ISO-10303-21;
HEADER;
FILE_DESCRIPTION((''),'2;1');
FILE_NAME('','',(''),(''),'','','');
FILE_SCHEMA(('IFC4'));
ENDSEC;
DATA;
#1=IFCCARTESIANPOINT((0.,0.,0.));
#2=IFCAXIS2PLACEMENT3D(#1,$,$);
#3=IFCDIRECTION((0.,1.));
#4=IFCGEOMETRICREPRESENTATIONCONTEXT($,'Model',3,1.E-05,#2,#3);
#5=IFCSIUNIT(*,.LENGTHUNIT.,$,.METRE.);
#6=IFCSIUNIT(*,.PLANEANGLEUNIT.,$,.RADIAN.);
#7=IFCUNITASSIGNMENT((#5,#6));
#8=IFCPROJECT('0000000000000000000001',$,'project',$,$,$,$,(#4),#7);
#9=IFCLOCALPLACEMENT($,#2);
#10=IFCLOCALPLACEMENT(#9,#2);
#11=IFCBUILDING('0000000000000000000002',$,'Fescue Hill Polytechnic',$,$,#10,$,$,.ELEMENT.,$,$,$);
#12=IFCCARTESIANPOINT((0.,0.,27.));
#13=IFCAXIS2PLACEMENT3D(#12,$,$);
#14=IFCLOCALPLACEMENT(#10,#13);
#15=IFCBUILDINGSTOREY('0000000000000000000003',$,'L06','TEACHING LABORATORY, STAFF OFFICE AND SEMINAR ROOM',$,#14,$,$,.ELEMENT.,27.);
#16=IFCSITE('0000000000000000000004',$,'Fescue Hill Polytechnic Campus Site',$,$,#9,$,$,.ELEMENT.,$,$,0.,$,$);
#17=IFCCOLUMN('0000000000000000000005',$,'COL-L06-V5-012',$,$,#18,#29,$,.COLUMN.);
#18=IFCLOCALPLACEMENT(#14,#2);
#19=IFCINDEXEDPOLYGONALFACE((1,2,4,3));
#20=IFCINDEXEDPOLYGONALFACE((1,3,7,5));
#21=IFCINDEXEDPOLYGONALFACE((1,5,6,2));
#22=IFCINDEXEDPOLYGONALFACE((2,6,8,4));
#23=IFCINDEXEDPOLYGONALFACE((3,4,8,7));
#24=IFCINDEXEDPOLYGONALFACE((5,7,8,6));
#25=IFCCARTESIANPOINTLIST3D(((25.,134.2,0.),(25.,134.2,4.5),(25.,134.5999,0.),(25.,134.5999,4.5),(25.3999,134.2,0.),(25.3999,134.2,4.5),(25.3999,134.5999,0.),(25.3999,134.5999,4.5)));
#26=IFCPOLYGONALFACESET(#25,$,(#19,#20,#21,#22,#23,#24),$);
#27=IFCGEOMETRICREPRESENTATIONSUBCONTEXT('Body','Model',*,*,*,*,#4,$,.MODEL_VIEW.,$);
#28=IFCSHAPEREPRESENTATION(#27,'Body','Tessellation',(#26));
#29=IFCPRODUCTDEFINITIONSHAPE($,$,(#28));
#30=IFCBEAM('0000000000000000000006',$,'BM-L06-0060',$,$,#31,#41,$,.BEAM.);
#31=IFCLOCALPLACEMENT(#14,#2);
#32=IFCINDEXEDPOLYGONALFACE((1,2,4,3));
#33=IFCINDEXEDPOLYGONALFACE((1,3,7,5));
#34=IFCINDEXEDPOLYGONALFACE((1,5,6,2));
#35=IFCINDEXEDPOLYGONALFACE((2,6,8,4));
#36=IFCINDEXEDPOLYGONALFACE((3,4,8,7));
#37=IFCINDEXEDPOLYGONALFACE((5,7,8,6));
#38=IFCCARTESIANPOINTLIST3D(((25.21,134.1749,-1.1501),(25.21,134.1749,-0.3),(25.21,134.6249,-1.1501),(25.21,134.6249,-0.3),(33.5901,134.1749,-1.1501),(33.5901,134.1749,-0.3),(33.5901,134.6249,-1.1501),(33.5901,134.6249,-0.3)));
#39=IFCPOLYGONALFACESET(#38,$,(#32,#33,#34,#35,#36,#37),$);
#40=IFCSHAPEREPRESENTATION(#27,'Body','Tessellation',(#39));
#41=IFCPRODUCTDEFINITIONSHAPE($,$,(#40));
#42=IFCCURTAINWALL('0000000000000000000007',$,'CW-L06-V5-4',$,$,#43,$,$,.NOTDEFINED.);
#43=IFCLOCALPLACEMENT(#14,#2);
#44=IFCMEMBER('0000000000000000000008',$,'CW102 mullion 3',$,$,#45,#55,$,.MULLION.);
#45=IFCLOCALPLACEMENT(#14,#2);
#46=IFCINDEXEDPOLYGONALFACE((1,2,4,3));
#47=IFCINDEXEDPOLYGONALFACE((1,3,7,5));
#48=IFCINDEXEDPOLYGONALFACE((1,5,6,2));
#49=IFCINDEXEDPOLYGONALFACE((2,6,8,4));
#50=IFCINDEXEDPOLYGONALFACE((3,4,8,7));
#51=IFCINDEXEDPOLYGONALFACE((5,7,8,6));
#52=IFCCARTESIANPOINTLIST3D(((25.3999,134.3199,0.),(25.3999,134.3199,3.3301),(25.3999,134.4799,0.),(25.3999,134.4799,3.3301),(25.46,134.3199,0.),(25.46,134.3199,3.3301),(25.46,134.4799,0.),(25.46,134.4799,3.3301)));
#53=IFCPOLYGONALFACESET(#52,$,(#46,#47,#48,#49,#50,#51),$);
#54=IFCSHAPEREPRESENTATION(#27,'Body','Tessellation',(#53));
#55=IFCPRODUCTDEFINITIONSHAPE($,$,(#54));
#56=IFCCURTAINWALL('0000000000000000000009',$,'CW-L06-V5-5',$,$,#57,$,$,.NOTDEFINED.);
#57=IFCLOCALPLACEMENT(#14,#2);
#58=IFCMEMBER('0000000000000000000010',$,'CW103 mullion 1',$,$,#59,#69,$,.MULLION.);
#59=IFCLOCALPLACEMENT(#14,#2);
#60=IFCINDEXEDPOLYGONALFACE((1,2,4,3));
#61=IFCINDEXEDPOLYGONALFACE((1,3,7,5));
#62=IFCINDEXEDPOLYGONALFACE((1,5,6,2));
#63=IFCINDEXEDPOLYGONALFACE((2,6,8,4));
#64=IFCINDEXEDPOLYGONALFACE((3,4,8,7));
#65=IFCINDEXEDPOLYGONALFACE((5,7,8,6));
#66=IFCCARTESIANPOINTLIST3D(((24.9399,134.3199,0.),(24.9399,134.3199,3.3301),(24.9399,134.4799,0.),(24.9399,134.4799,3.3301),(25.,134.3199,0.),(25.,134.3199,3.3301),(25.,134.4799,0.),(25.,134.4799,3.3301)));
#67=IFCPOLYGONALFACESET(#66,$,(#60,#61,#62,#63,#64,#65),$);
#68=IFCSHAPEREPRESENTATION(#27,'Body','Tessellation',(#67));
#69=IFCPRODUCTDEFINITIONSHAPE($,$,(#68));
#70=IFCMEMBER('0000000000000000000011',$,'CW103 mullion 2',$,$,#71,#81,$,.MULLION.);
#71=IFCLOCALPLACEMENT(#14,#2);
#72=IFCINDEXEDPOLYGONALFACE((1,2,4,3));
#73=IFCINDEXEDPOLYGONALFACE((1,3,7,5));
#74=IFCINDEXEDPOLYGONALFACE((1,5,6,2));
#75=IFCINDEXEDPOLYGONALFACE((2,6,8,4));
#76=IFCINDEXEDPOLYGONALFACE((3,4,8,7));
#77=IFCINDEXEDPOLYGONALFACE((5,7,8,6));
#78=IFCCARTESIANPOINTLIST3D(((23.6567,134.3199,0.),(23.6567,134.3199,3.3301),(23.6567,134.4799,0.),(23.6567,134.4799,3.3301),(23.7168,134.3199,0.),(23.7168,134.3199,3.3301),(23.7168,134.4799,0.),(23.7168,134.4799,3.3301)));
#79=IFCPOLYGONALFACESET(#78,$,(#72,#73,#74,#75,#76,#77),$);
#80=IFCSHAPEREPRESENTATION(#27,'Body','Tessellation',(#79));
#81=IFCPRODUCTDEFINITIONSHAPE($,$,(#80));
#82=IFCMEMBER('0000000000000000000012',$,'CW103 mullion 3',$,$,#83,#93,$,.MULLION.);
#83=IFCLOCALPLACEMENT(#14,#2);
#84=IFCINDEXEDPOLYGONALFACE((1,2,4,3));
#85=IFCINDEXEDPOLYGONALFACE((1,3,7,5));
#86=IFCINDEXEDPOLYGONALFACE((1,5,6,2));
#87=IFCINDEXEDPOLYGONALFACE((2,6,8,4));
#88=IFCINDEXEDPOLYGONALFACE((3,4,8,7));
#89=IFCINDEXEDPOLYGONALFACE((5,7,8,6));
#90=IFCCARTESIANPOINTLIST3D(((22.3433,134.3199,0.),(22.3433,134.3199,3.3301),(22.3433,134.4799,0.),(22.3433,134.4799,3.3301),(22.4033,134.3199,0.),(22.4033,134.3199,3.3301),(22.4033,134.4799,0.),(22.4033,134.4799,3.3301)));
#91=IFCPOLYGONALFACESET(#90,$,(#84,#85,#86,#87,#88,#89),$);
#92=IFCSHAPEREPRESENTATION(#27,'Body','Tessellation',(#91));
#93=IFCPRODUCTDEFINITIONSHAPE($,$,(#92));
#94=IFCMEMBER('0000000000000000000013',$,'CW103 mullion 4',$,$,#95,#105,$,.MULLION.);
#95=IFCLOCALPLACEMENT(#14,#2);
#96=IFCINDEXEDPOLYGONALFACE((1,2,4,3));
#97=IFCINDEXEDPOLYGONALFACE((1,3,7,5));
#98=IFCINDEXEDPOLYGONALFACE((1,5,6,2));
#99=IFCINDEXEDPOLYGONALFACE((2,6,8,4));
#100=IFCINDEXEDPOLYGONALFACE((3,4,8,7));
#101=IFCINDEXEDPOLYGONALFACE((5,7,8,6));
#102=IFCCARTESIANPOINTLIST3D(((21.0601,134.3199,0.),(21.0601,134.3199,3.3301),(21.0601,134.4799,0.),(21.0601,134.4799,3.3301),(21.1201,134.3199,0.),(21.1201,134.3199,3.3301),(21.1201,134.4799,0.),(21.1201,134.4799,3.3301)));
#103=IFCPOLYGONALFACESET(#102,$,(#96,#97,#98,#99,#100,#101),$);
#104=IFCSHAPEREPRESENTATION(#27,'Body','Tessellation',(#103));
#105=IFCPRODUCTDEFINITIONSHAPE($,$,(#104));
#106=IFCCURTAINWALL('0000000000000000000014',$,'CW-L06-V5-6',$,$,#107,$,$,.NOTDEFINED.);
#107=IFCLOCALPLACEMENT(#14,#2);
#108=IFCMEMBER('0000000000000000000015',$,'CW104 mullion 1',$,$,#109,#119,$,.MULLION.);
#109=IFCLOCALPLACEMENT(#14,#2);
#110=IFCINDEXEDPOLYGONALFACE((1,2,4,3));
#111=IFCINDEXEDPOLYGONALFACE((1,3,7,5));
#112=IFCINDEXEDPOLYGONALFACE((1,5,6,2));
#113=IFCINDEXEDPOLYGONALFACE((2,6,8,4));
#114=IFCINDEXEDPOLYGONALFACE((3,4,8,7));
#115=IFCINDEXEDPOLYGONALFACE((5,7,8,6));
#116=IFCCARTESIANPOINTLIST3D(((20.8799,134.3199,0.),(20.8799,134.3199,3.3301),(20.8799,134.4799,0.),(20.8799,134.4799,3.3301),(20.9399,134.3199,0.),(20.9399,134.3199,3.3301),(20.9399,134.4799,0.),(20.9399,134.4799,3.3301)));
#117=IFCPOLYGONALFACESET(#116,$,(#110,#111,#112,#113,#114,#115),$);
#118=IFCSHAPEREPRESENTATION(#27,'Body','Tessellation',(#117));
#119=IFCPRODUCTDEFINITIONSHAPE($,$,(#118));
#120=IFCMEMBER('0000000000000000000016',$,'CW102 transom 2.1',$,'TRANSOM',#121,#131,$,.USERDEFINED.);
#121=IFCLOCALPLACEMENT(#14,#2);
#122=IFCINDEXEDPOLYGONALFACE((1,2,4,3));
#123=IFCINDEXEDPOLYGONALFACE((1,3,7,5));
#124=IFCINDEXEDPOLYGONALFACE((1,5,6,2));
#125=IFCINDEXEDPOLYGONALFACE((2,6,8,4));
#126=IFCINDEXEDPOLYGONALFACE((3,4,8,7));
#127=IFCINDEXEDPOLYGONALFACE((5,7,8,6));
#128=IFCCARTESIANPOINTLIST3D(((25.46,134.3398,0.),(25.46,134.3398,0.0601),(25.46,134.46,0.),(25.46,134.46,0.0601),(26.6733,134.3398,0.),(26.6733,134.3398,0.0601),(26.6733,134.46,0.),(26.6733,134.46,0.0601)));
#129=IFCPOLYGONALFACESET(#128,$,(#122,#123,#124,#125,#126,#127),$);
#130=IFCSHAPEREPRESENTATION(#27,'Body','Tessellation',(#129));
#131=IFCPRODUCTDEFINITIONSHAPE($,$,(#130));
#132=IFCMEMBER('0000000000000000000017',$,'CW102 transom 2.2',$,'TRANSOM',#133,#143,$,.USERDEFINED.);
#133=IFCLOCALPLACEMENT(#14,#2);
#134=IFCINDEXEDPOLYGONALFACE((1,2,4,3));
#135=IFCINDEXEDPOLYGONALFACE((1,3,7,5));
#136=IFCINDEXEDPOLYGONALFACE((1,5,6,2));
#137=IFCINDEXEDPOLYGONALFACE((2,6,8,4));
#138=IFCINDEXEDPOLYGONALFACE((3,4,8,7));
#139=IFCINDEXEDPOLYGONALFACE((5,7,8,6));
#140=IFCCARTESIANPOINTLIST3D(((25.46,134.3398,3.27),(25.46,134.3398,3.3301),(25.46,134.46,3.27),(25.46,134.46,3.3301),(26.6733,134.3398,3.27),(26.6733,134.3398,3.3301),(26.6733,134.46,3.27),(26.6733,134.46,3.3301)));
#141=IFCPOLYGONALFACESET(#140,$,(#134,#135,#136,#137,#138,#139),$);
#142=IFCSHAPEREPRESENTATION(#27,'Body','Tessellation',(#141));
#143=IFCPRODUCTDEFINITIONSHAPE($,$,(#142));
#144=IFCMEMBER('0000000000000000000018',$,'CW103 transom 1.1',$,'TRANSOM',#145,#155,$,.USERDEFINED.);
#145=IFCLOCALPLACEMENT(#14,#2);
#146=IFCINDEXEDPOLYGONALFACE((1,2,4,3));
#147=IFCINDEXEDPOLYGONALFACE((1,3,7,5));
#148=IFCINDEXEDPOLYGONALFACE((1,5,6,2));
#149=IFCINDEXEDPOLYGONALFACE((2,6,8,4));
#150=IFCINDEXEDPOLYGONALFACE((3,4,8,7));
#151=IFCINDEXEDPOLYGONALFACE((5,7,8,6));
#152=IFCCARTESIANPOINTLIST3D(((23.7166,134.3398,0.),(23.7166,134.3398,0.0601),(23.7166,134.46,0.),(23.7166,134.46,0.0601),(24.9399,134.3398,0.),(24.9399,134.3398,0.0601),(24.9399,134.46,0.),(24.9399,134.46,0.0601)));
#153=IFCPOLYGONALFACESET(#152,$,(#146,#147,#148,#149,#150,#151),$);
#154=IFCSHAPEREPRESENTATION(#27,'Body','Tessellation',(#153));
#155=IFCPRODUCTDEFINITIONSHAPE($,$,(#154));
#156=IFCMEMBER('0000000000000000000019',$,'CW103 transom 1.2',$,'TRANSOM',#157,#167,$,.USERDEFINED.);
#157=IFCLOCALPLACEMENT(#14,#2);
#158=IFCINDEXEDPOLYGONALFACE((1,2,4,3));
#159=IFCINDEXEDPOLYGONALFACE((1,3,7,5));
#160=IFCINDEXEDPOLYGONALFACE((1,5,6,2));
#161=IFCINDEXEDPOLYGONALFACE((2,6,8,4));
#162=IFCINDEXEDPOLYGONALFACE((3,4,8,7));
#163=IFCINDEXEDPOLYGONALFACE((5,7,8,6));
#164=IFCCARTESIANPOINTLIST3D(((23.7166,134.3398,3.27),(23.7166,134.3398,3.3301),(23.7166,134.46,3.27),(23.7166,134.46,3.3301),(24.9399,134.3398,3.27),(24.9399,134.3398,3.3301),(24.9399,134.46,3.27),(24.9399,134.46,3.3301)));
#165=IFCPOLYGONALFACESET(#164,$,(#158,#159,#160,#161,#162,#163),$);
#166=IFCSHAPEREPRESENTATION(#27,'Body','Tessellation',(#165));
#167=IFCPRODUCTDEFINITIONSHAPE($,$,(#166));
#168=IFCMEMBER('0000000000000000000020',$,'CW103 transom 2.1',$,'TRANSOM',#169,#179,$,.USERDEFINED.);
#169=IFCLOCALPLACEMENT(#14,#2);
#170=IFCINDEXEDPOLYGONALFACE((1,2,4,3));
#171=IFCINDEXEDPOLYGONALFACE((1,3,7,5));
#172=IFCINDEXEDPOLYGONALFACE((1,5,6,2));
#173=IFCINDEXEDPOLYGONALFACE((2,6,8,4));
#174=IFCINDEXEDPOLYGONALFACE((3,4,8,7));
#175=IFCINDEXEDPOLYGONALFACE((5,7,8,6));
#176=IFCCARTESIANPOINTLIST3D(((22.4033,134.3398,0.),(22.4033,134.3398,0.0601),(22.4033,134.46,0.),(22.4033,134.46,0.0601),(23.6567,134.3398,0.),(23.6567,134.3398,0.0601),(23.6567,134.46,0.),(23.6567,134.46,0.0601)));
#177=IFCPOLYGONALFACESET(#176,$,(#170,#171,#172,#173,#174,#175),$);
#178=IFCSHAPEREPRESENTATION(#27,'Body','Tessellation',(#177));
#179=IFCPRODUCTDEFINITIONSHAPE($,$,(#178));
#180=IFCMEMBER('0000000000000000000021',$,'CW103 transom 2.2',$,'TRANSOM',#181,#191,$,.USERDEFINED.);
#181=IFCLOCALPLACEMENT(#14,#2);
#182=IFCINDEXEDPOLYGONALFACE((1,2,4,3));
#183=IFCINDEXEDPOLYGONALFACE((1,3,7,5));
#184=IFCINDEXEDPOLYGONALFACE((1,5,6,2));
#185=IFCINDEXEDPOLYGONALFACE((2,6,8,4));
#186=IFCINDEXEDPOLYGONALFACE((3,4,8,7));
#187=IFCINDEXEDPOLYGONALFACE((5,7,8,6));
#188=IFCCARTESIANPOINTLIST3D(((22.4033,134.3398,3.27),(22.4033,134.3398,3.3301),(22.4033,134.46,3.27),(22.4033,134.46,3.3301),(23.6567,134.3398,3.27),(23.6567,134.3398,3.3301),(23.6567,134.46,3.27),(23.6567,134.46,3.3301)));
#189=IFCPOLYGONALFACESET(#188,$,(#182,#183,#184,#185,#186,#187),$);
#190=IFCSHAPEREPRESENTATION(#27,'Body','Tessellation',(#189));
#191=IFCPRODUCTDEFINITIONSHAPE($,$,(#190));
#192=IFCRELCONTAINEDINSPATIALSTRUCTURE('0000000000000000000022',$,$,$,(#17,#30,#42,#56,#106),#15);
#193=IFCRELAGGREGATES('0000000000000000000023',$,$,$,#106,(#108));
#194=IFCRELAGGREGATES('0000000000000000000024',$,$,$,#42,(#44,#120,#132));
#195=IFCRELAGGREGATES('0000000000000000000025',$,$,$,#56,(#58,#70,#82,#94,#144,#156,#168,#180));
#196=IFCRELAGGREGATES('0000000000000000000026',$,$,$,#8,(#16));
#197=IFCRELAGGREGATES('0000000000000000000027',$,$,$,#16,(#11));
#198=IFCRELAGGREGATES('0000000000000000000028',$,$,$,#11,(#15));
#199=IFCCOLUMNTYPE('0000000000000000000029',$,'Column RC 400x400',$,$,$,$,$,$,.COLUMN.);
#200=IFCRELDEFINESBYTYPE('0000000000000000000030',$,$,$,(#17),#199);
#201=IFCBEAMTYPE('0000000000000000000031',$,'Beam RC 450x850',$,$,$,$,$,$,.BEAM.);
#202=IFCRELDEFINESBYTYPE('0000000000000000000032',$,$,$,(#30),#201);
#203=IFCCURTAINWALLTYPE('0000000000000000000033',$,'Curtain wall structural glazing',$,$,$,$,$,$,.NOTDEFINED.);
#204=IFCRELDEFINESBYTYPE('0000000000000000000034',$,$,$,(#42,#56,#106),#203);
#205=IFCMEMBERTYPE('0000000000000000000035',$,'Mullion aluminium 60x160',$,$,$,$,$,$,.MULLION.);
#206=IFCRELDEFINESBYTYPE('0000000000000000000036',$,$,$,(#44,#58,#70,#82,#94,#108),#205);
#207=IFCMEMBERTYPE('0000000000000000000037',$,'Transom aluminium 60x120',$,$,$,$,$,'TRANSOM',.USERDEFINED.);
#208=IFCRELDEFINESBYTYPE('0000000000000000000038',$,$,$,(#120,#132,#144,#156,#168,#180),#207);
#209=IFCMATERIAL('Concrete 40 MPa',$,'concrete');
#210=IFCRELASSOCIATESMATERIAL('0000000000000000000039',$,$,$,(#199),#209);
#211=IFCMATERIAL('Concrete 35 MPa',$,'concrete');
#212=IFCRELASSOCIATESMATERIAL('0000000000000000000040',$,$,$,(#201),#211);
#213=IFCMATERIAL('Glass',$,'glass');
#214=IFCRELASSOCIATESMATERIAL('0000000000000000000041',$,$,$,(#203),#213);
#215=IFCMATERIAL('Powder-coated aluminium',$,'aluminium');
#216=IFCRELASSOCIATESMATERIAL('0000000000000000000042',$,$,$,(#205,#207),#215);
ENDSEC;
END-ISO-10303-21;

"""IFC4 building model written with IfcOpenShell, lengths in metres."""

from ifc_helpers import new_model, si_unit, direction, frame, origin, origin_2d, place, context, subcontext, project, spatial, rectangle, extrude, material, material_profile, profile_set, type_object, element, aggregate, save


model = new_model("IFC4")

# Units and contexts
model_context = context("Model", 3, precision=1e-05, world=origin(), true_north=direction((0.0, 1.0)))
body_context = subcontext(model_context, "Body", "Model", "MODEL_VIEW")
ifc_project = project(units=[si_unit("LENGTHUNIT", "METRE"), si_unit("PLANEANGLEUNIT", "RADIAN")], contexts=[model_context])

# Site, building, storey
site_placement = place(None, origin())
site = spatial("IfcSite", under=ifc_project, at=site_placement, Name="Fescue Hill Polytechnic Campus Site", CompositionType="ELEMENT", RefElevation=0.0)
building_placement = place(site_placement, origin())
building = spatial("IfcBuilding", under=site, at=building_placement, Name="Fescue Hill Polytechnic", CompositionType="ELEMENT")
storey_placement = place(building_placement, frame((0.0, 0.0, 27.0)))
storey = spatial("IfcBuildingStorey", under=building, at=storey_placement, Name="L06", Description="TEACHING LABORATORY, STAFF OFFICE AND SEMINAR ROOM", CompositionType="ELEMENT", Elevation=27.0)

# Column
ifc_material_1 = material(Name="Concrete 40 MPa", Category="concrete")
ifc_material_profile_1 = material_profile(ifc_material_1, rectangle(XDim=0.3999, YDim=0.3999, at=origin_2d()), Name="RC 400x400")
ifc_profile_set_1 = profile_set([ifc_material_profile_1], Name="Concrete 40 MPa")
column_type = type_object("IfcColumnType", Name="Column RC 400x400", PredefinedType="COLUMN", material=ifc_profile_set_1)
column_placement = place(storey_placement, frame((25.2, 134.3999, 0.0), z_axis=(0.0, 0.0, 1.0), x_axis=(1.0, 0.0, 0.0)))
element("IfcColumn", 1, at=column_placement, inside=storey, type_object=column_type, Name="COL-L06-V5-012", PredefinedType="COLUMN", context=body_context, shape_type="SweptSolid", body=[
    extrude(rectangle(XDim=0.3999, YDim=0.3999, at=origin_2d()), origin(), (0.0, 0.0, 1.0), 4.5),
])

# Beam
ifc_material_2 = material(Name="Concrete 35 MPa", Category="concrete")
ifc_material_profile_2 = material_profile(ifc_material_2, rectangle(XDim=0.45, YDim=0.8501, at=origin_2d()), Name="RC 450x850")
ifc_profile_set_2 = profile_set([ifc_material_profile_2], Name="Concrete 35 MPa")
beam_type = type_object("IfcBeamType", Name="Beam RC 450x850", PredefinedType="BEAM", material=ifc_profile_set_2)
beam_placement = place(storey_placement, frame((25.21, 134.3999, -0.7251), z_axis=(1.0, 0.0, 0.0), x_axis=(0.0, 1.0, 0.0)))
element("IfcBeam", 2, at=beam_placement, inside=storey, type_object=beam_type, Name="BM-L06-0060", PredefinedType="BEAM", context=body_context, shape_type="SweptSolid", body=[
    extrude(rectangle(XDim=0.45, YDim=0.8501, at=origin_2d()), origin(), (0.0, 0.0, 1.0), 8.3801),
])

# Curtain wall, member
ifc_material_3 = material(Name="Glass", Category="glass")
curtain_wall_type = type_object("IfcCurtainWallType", Name="Curtain wall structural glazing", PredefinedType="NOTDEFINED", material=ifc_material_3)
curtain_wall_1_placement = place(storey_placement, origin())
curtain_wall_1 = element("IfcCurtainWall", 3, at=curtain_wall_1_placement, inside=storey, type_object=curtain_wall_type, Name="CW-L06-V5-4", PredefinedType="NOTDEFINED")
ifc_material_4 = material(Name="Powder-coated aluminium", Category="aluminium")
ifc_material_profile_3 = material_profile(ifc_material_4, rectangle(XDim=0.1599, YDim=0.0601, at=origin_2d()), Name="Mullion aluminium 60x160")
ifc_profile_set_3 = profile_set([ifc_material_profile_3], Name="Powder-coated aluminium")
member_type_1 = type_object("IfcMemberType", Name="Mullion aluminium 60x160", PredefinedType="MULLION", material=ifc_profile_set_3)
member_1_placement = place(storey_placement, frame((25.4299, 134.3999, 0.0), z_axis=(0.0, 0.0, 1.0), x_axis=(0.0, -1.0, 0.0)))
member_1 = element("IfcMember", 4, at=member_1_placement, type_object=member_type_1, Name="CW102 mullion 3", PredefinedType="MULLION", context=body_context, shape_type="SweptSolid", body=[
    extrude(rectangle(XDim=0.1599, YDim=0.0601, at=origin_2d()), origin(), (0.0, 0.0, 1.0), 3.3301),
])

# Curtain wall, members
curtain_wall_2_placement = place(storey_placement, origin())
curtain_wall_2 = element("IfcCurtainWall", 5, at=curtain_wall_2_placement, inside=storey, type_object=curtain_wall_type, Name="CW-L06-V5-5", PredefinedType="NOTDEFINED")
member_2_placement = place(storey_placement, frame((24.97, 134.3999, 0.0), z_axis=(0.0, 0.0, 1.0), x_axis=(0.0, -1.0, 0.0)))
member_2 = element("IfcMember", 6, at=member_2_placement, type_object=member_type_1, Name="CW103 mullion 1", PredefinedType="MULLION", context=body_context, shape_type="SweptSolid", body=[
    extrude(rectangle(XDim=0.1599, YDim=0.0601, at=origin_2d()), origin(), (0.0, 0.0, 1.0), 3.3301),
])
member_3_placement = place(storey_placement, frame((23.6868, 134.3999, 0.0), z_axis=(0.0, 0.0, 1.0), x_axis=(0.0, -1.0, 0.0)))
member_3 = element("IfcMember", 7, at=member_3_placement, type_object=member_type_1, Name="CW103 mullion 2", PredefinedType="MULLION", context=body_context, shape_type="SweptSolid", body=[
    extrude(rectangle(XDim=0.1599, YDim=0.0601, at=origin_2d()), origin(), (0.0, 0.0, 1.0), 3.3301),
])
member_4_placement = place(storey_placement, frame((22.3733, 134.3999, 0.0), z_axis=(0.0, 0.0, 1.0), x_axis=(0.0, -1.0, 0.0)))
member_4 = element("IfcMember", 8, at=member_4_placement, type_object=member_type_1, Name="CW103 mullion 3", PredefinedType="MULLION", context=body_context, shape_type="SweptSolid", body=[
    extrude(rectangle(XDim=0.1599, YDim=0.0601, at=origin_2d()), origin(), (0.0, 0.0, 1.0), 3.3301),
])
member_5_placement = place(storey_placement, frame((21.0901, 134.3999, 0.0), z_axis=(0.0, 0.0, 1.0), x_axis=(0.0, -1.0, 0.0)))
member_5 = element("IfcMember", 9, at=member_5_placement, type_object=member_type_1, Name="CW103 mullion 4", PredefinedType="MULLION", context=body_context, shape_type="SweptSolid", body=[
    extrude(rectangle(XDim=0.1599, YDim=0.0601, at=origin_2d()), origin(), (0.0, 0.0, 1.0), 3.3301),
])

# Curtain wall, member
curtain_wall_3_placement = place(storey_placement, origin())
curtain_wall_3 = element("IfcCurtainWall", 10, at=curtain_wall_3_placement, inside=storey, type_object=curtain_wall_type, Name="CW-L06-V5-6", PredefinedType="NOTDEFINED")
member_6_placement = place(storey_placement, frame((20.9099, 134.3999, 0.0), z_axis=(0.0, 0.0, 1.0), x_axis=(0.0, -1.0, 0.0)))
member_6 = element("IfcMember", 11, at=member_6_placement, type_object=member_type_1, Name="CW104 mullion 1", PredefinedType="MULLION", context=body_context, shape_type="SweptSolid", body=[
    extrude(rectangle(XDim=0.1599, YDim=0.0601, at=origin_2d()), origin(), (0.0, 0.0, 1.0), 3.3301),
])

# Members
ifc_material_profile_4 = material_profile(ifc_material_4, rectangle(XDim=0.1201, YDim=0.0601, at=origin_2d()), Name="Transom aluminium 60x120")
ifc_profile_set_4 = profile_set([ifc_material_profile_4], Name="Powder-coated aluminium")
member_type_2 = type_object("IfcMemberType", Name="Transom aluminium 60x120", ElementType="TRANSOM", PredefinedType="USERDEFINED", material=ifc_profile_set_4)
member_7_placement = place(storey_placement, frame((26.6733, 134.3999, 0.03), z_axis=(-1.0, 0.0, 0.0), x_axis=(0.0, -1.0, 0.0)))
member_7 = element("IfcMember", 12, at=member_7_placement, type_object=member_type_2, Name="CW102 transom 2.1", ObjectType="TRANSOM", PredefinedType="USERDEFINED", context=body_context, shape_type="SweptSolid", body=[
    extrude(rectangle(XDim=0.1201, YDim=0.0601, at=origin_2d()), origin(), (0.0, 0.0, 1.0), 1.2134),
])
member_8_placement = place(storey_placement, frame((26.6733, 134.3999, 3.3), z_axis=(-1.0, 0.0, 0.0), x_axis=(0.0, -1.0, 0.0)))
member_8 = element("IfcMember", 13, at=member_8_placement, type_object=member_type_2, Name="CW102 transom 2.2", ObjectType="TRANSOM", PredefinedType="USERDEFINED", context=body_context, shape_type="SweptSolid", body=[
    extrude(rectangle(XDim=0.1201, YDim=0.0601, at=origin_2d()), origin(), (0.0, 0.0, 1.0), 1.2134),
])
member_9_placement = place(storey_placement, frame((24.9399, 134.3999, 0.03), z_axis=(-1.0, 0.0, 0.0), x_axis=(0.0, -1.0, 0.0)))
member_9 = element("IfcMember", 14, at=member_9_placement, type_object=member_type_2, Name="CW103 transom 1.1", ObjectType="TRANSOM", PredefinedType="USERDEFINED", context=body_context, shape_type="SweptSolid", body=[
    extrude(rectangle(XDim=0.1201, YDim=0.0601, at=origin_2d()), origin(), (0.0, 0.0, 1.0), 1.2234),
])
member_10_placement = place(storey_placement, frame((24.9399, 134.3999, 3.3), z_axis=(-1.0, 0.0, 0.0), x_axis=(0.0, -1.0, 0.0)))
member_10 = element("IfcMember", 15, at=member_10_placement, type_object=member_type_2, Name="CW103 transom 1.2", ObjectType="TRANSOM", PredefinedType="USERDEFINED", context=body_context, shape_type="SweptSolid", body=[
    extrude(rectangle(XDim=0.1201, YDim=0.0601, at=origin_2d()), origin(), (0.0, 0.0, 1.0), 1.2234),
])
member_11_placement = place(storey_placement, frame((23.6567, 134.3999, 0.03), z_axis=(-1.0, 0.0, 0.0), x_axis=(0.0, -1.0, 0.0)))
member_11 = element("IfcMember", 16, at=member_11_placement, type_object=member_type_2, Name="CW103 transom 2.1", ObjectType="TRANSOM", PredefinedType="USERDEFINED", context=body_context, shape_type="SweptSolid", body=[
    extrude(rectangle(XDim=0.1201, YDim=0.0601, at=origin_2d()), origin(), (0.0, 0.0, 1.0), 1.2534),
])
member_12_placement = place(storey_placement, frame((23.6567, 134.3999, 3.3), z_axis=(-1.0, 0.0, 0.0), x_axis=(0.0, -1.0, 0.0)))
member_12 = element("IfcMember", 17, at=member_12_placement, type_object=member_type_2, Name="CW103 transom 2.2", ObjectType="TRANSOM", PredefinedType="USERDEFINED", context=body_context, shape_type="SweptSolid", body=[
    extrude(rectangle(XDim=0.1201, YDim=0.0601, at=origin_2d()), origin(), (0.0, 0.0, 1.0), 1.2534),
])
aggregate(curtain_wall_3, [member_6])

aggregate(curtain_wall_1, [member_1, member_7, member_8])
aggregate(curtain_wall_2, [member_2, member_3, member_4, member_5, member_9, member_10, member_11, member_12])

save(model, "model.ifc")
